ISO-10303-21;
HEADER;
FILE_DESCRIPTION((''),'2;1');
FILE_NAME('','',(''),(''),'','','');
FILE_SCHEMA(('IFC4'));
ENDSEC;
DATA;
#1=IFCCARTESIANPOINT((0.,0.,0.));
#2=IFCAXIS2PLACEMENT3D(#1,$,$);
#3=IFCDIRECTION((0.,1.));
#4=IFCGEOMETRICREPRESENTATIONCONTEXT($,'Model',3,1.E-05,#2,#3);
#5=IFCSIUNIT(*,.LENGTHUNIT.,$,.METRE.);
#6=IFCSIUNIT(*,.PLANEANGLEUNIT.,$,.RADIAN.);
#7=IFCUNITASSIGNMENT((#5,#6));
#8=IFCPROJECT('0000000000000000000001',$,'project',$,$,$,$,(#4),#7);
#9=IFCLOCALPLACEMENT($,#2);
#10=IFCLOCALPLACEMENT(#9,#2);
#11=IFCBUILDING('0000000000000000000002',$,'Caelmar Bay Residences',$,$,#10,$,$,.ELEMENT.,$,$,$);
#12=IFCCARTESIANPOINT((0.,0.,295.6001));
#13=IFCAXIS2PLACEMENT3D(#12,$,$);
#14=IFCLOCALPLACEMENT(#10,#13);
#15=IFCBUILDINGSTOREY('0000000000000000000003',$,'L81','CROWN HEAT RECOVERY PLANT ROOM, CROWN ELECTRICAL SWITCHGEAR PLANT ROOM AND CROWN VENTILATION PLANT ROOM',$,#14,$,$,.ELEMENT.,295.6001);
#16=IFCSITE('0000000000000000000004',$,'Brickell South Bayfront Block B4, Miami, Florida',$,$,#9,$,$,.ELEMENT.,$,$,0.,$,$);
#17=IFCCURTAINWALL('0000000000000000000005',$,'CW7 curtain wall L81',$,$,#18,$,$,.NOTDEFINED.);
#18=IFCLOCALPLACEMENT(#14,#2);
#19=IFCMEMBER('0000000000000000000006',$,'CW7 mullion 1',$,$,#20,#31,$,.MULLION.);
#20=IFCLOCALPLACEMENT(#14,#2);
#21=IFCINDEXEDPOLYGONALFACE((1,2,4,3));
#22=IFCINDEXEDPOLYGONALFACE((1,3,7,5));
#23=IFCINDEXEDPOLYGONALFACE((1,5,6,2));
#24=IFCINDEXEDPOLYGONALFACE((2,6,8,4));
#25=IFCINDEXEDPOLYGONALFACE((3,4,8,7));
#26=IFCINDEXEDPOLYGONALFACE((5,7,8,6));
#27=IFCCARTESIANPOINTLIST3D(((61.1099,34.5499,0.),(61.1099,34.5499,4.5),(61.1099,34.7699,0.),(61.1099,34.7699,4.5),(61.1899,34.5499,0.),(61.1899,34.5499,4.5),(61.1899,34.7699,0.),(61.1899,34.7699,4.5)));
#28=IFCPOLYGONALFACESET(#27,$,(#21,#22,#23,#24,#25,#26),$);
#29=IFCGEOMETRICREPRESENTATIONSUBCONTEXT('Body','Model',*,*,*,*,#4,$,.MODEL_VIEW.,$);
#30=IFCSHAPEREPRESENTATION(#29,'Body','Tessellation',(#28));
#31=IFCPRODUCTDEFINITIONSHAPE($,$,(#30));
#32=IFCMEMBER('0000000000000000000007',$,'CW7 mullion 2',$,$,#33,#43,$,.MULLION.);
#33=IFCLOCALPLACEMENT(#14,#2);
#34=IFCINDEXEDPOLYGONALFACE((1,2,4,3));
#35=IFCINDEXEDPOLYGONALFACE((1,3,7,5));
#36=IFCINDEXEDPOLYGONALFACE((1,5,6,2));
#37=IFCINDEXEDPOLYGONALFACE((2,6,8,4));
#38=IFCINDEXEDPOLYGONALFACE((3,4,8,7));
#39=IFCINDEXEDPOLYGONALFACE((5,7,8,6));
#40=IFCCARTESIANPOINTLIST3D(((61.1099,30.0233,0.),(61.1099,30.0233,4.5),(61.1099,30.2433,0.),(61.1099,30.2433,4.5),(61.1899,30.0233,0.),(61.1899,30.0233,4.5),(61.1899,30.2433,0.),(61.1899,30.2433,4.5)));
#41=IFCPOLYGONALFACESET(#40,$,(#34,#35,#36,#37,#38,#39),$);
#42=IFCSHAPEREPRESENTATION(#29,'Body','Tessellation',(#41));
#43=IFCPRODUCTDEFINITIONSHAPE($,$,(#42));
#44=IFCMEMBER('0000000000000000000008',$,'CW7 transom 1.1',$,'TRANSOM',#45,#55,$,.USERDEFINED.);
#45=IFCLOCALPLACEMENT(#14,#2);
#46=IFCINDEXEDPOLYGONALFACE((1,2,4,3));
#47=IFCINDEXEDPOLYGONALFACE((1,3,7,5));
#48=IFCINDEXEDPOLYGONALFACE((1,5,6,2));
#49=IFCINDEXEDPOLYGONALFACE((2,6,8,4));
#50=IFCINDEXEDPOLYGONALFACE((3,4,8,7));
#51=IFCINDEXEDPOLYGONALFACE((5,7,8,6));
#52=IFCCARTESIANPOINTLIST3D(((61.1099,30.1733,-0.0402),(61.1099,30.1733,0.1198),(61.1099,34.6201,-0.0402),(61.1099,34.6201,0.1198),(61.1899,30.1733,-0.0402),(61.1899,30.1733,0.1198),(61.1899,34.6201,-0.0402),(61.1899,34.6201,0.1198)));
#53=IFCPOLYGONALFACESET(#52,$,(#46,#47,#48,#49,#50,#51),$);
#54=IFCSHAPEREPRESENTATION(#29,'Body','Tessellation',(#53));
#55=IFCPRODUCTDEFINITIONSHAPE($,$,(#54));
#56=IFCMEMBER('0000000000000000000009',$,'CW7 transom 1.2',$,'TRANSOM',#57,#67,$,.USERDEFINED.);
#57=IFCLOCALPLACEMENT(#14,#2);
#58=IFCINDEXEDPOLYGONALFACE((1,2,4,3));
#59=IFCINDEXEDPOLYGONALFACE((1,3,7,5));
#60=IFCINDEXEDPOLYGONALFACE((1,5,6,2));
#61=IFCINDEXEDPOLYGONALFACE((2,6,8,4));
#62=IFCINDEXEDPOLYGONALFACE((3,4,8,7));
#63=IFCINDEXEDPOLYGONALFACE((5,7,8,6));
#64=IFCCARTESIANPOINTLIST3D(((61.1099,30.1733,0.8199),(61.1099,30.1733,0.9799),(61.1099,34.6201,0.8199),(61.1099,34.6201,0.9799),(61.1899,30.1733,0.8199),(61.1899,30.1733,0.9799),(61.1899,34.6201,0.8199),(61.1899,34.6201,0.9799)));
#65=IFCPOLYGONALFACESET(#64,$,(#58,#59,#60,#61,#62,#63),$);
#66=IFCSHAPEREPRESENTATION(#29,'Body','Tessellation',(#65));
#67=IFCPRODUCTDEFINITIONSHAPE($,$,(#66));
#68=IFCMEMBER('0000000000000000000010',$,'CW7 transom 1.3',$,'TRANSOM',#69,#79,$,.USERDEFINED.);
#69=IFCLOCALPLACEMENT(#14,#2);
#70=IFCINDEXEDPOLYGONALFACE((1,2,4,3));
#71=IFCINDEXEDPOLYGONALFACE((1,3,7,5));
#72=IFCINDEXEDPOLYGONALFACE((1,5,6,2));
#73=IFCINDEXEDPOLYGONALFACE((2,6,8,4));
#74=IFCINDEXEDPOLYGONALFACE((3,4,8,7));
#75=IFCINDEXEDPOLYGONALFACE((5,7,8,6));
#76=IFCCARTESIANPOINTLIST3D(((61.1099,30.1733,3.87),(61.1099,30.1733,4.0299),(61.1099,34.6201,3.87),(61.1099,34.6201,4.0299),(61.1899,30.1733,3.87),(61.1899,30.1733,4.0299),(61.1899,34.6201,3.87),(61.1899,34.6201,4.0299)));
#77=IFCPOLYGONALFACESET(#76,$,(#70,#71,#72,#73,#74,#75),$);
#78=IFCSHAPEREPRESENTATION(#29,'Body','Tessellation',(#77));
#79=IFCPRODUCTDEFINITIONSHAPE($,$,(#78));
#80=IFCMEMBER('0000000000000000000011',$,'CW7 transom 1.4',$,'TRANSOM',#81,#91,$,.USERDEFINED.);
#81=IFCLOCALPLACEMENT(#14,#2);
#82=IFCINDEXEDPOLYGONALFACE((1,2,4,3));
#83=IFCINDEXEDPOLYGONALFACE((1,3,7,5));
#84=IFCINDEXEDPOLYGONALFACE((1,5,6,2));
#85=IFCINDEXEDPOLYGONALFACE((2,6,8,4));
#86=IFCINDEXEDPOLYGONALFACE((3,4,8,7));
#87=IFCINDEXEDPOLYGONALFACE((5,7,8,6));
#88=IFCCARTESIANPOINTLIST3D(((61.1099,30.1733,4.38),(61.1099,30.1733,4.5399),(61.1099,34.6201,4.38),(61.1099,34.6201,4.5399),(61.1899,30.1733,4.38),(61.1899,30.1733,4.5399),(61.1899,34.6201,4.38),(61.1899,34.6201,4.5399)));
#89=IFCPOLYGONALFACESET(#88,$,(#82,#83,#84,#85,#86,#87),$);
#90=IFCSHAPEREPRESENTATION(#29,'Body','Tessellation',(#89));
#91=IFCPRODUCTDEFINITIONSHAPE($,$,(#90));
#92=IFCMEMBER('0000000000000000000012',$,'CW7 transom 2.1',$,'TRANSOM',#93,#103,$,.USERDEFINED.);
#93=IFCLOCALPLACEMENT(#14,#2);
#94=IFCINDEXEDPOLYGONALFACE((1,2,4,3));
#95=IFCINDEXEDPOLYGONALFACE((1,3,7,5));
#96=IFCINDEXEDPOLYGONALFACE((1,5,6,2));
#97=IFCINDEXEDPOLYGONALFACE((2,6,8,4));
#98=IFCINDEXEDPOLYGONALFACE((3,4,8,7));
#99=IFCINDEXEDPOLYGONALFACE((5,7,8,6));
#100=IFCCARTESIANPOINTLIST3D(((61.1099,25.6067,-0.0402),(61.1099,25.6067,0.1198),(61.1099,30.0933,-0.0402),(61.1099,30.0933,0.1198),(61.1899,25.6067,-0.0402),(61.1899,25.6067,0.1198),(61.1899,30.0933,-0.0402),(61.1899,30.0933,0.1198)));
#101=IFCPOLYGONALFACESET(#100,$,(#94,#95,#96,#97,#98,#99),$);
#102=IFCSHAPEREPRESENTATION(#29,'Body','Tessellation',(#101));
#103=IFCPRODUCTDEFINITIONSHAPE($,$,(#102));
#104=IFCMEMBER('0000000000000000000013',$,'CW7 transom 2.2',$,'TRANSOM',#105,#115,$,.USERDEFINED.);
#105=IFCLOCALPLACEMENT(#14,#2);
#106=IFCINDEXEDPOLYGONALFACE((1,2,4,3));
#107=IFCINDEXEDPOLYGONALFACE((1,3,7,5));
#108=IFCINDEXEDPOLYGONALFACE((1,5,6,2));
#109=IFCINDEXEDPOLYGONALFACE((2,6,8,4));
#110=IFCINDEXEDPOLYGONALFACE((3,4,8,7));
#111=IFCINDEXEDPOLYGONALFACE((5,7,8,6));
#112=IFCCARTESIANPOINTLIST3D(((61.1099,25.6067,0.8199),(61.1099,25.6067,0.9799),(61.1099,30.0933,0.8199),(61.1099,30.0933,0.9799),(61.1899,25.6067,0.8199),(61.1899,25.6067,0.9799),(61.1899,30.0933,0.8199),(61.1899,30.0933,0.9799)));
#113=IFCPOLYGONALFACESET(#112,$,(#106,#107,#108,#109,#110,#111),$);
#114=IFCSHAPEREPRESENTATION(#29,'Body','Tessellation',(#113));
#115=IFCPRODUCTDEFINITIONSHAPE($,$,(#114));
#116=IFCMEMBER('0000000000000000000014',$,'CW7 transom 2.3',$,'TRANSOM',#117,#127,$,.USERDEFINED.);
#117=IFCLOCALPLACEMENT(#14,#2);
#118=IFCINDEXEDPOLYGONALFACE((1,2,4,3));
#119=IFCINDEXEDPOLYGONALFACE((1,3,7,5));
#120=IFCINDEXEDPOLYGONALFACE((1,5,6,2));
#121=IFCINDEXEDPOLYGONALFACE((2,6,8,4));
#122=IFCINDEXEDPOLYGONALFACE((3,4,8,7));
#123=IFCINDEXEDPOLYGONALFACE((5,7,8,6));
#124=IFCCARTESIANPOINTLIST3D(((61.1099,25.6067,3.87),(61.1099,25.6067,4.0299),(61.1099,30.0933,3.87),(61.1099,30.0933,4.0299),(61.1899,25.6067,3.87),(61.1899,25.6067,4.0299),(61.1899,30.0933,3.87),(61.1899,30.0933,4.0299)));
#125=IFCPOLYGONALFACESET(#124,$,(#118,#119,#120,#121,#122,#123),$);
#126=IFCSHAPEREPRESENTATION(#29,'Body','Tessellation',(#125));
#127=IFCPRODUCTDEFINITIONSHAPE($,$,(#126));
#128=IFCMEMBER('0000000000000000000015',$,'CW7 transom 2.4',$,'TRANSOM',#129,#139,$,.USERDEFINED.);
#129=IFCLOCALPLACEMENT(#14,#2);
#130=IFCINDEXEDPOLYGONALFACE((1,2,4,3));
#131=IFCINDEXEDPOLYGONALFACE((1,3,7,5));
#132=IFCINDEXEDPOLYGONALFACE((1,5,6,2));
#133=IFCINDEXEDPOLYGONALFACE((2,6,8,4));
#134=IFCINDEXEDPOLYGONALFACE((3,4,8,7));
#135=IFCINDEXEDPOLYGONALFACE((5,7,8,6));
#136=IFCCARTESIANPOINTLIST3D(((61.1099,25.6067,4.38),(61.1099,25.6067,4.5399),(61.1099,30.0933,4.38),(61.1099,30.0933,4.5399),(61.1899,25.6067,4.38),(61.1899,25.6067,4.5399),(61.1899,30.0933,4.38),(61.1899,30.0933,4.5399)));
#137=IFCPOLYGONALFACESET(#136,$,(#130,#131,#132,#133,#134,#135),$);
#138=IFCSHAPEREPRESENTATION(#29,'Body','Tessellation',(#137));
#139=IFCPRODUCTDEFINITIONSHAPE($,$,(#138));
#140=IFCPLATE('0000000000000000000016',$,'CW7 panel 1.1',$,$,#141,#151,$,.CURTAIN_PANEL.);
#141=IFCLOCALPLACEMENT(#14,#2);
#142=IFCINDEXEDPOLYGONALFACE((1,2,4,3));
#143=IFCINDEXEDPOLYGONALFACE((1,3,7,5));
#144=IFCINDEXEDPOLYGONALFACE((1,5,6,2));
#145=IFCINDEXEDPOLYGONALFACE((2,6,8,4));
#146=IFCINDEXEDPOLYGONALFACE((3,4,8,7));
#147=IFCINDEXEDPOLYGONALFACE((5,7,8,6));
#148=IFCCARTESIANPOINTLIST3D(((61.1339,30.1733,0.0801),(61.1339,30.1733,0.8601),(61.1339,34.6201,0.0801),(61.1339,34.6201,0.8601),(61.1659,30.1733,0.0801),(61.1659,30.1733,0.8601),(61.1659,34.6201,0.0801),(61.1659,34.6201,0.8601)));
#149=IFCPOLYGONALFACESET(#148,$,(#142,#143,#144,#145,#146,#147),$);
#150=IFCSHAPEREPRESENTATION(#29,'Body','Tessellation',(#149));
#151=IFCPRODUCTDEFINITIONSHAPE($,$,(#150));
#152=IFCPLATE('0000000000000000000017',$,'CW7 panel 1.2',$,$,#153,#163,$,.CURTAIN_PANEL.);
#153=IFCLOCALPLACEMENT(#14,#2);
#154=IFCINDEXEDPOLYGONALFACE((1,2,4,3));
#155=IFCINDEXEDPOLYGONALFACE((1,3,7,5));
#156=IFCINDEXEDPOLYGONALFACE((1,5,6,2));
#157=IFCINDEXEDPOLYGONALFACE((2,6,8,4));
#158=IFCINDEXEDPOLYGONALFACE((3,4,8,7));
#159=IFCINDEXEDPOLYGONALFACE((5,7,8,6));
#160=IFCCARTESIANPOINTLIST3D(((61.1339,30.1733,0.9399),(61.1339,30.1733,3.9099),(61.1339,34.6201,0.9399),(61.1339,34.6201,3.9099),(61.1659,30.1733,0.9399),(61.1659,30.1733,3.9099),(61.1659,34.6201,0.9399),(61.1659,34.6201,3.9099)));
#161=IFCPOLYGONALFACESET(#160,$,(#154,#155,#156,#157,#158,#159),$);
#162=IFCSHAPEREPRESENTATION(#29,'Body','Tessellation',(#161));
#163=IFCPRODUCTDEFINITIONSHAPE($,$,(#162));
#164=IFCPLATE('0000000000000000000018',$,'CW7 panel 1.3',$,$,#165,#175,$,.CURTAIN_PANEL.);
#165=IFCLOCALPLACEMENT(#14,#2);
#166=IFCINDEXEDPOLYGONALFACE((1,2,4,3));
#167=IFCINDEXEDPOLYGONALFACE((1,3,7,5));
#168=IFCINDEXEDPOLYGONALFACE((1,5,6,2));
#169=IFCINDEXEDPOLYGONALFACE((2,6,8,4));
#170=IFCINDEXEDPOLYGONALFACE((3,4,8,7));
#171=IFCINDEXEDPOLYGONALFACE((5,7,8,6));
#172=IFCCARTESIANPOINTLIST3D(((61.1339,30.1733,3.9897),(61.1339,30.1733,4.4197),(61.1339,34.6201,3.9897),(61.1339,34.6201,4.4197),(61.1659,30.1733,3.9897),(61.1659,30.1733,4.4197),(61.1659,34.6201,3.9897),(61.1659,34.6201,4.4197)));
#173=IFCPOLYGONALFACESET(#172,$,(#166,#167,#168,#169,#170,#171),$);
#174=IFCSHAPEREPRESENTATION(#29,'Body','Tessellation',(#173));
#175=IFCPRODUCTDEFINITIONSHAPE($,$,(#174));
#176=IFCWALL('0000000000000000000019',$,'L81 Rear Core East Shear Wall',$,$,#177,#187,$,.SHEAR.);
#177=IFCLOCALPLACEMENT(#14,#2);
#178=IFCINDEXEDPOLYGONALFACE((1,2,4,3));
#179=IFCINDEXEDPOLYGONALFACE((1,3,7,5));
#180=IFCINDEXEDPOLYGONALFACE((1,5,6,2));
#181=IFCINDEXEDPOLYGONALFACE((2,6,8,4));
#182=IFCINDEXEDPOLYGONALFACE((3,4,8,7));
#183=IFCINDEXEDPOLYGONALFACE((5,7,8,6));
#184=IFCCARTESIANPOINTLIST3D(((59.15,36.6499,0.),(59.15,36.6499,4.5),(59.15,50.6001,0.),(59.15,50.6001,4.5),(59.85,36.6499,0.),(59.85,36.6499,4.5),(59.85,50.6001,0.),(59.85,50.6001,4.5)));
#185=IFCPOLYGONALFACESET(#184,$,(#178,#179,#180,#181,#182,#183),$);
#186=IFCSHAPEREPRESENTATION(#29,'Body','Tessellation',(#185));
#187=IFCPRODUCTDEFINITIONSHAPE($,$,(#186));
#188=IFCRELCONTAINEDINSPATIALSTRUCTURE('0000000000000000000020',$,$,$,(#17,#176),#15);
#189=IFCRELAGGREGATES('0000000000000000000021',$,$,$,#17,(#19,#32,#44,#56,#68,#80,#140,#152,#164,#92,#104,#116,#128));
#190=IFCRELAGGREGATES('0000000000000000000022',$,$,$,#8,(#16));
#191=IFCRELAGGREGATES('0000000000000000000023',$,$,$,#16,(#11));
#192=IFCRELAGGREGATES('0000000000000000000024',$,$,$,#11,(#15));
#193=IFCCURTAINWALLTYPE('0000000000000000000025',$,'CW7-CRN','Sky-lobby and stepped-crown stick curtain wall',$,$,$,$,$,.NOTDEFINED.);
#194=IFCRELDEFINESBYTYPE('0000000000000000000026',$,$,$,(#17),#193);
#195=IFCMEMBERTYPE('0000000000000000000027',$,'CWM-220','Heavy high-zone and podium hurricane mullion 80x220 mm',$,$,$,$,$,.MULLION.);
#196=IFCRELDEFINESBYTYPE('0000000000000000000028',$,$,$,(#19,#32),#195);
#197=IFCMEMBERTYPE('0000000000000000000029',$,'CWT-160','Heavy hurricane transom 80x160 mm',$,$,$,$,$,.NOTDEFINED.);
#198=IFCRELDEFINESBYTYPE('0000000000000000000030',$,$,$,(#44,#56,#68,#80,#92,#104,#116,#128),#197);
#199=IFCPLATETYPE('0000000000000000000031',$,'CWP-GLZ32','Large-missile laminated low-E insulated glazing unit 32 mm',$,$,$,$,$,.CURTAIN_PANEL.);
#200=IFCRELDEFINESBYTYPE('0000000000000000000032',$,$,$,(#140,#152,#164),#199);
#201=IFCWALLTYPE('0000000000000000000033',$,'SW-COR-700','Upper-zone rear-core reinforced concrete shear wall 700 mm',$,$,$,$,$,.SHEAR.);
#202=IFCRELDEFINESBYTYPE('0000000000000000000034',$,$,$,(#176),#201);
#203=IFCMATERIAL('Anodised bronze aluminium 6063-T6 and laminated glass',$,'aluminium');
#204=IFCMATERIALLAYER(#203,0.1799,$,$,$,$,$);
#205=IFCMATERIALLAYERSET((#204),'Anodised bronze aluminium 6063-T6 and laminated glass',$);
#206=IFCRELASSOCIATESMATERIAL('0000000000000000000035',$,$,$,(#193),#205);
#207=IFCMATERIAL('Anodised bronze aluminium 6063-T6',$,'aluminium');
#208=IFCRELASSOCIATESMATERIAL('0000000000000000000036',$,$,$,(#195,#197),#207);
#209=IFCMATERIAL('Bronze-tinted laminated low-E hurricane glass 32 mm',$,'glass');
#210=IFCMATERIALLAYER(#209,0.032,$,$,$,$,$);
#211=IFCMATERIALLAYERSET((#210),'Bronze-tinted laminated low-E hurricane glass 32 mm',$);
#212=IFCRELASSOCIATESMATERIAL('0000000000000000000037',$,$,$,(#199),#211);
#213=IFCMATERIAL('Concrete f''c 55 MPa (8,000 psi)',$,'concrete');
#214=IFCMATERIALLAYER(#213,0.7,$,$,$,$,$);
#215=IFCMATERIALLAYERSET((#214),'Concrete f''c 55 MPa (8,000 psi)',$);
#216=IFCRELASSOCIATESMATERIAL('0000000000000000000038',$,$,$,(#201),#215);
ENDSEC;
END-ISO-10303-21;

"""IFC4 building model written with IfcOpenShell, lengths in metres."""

from ifc_helpers import new_model, si_unit, direction, frame, frame_2d, origin, origin_2d, place, context, subcontext, project, spatial, rectangle, extrude, material, layer, layer_set, material_profile, profile_set, type_object, element, aggregate, save


model = new_model("IFC4")

# Units and contexts
model_context = context("Model", 3, precision=1e-05, world=origin(), true_north=direction((0.0, 1.0)))
body_context = subcontext(model_context, "Body", "Model", "MODEL_VIEW")
ifc_project = project(units=[si_unit("LENGTHUNIT", "METRE"), si_unit("PLANEANGLEUNIT", "RADIAN")], contexts=[model_context])

# Site, building, storey
site_placement = place(None, origin())
site = spatial("IfcSite", under=ifc_project, at=site_placement, Name="Brickell South Bayfront Block B4, Miami, Florida", CompositionType="ELEMENT", RefElevation=0.0)
building_placement = place(site_placement, origin())
building = spatial("IfcBuilding", under=site, at=building_placement, Name="Caelmar Bay Residences", CompositionType="ELEMENT")
storey_placement = place(building_placement, frame((0.0, 0.0, 295.6001)))
storey = spatial("IfcBuildingStorey", under=building, at=storey_placement, Name="L81", Description="CROWN HEAT RECOVERY PLANT ROOM, CROWN ELECTRICAL SWITCHGEAR PLANT ROOM AND CROWN VENTILATION PLANT ROOM", CompositionType="ELEMENT", Elevation=295.6001)

# Curtain wall, members, plates
ifc_material_1 = material(Name="Anodised bronze aluminium 6063-T6 and laminated glass", Category="aluminium")
ifc_layer_1 = layer(ifc_material_1, 0.1799)
ifc_layer_set_1 = layer_set([ifc_layer_1], Name="Anodised bronze aluminium 6063-T6 and laminated glass")
curtain_wall_type = type_object("IfcCurtainWallType", Name="CW7-CRN", Description="Sky-lobby and stepped-crown stick curtain wall", PredefinedType="NOTDEFINED", material=ifc_layer_set_1)
curtain_wall_placement = place(storey_placement, origin())
curtain_wall = element("IfcCurtainWall", 1, at=curtain_wall_placement, inside=storey, type_object=curtain_wall_type, Name="CW7 curtain wall L81", PredefinedType="NOTDEFINED")
ifc_material_2 = material(Name="Anodised bronze aluminium 6063-T6", Category="aluminium")
ifc_material_profile_1 = material_profile(ifc_material_2, rectangle(XDim=0.0801, YDim=0.22, at=origin_2d()), Name="CWM-80X220")
ifc_profile_set_1 = profile_set([ifc_material_profile_1], Name="Anodised bronze aluminium 6063-T6")
member_type_1 = type_object("IfcMemberType", Name="CWM-220", Description="Heavy high-zone and podium hurricane mullion 80x220 mm", PredefinedType="MULLION", material=ifc_profile_set_1)
member_1_placement = place(storey_placement, frame((61.1499, 34.6599, 0.0), z_axis=(0.0, 0.0, 1.0), x_axis=(1.0, 0.0, 0.0)))
member_1 = element("IfcMember", 2, at=member_1_placement, type_object=member_type_1, Name="CW7 mullion 1", PredefinedType="MULLION", context=body_context, shape_type="SweptSolid", body=[
    extrude(rectangle(XDim=0.0801, YDim=0.22, at=origin_2d()), origin(), (0.0, 0.0, 1.0), 4.5),
])
member_2_placement = place(storey_placement, frame((61.1499, 30.1333, 0.0), z_axis=(0.0, 0.0, 1.0), x_axis=(1.0, 0.0, 0.0)))
member_2 = element("IfcMember", 3, at=member_2_placement, type_object=member_type_1, Name="CW7 mullion 2", PredefinedType="MULLION", context=body_context, shape_type="SweptSolid", body=[
    extrude(rectangle(XDim=0.0801, YDim=0.22, at=origin_2d()), origin(), (0.0, 0.0, 1.0), 4.5),
])
ifc_material_profile_2 = material_profile(ifc_material_2, rectangle(XDim=0.0801, YDim=0.1599, at=origin_2d()), Name="CWT-80X160")
ifc_profile_set_2 = profile_set([ifc_material_profile_2], Name="Anodised bronze aluminium 6063-T6")
member_type_2 = type_object("IfcMemberType", Name="CWT-160", Description="Heavy hurricane transom 80x160 mm", PredefinedType="NOTDEFINED", material=ifc_profile_set_2)
member_3_placement = place(storey_placement, frame((61.1499, 34.6201, 0.0398), z_axis=(0.0, -1.0, 0.0), x_axis=(1.0, 0.0, 0.0)))
member_3 = element("IfcMember", 4, at=member_3_placement, type_object=member_type_2, Name="CW7 transom 1.1", ObjectType="TRANSOM", PredefinedType="USERDEFINED", context=body_context, shape_type="SweptSolid", body=[
    extrude(rectangle(XDim=0.0801, YDim=0.1599, at=origin_2d()), origin(), (0.0, 0.0, 1.0), 4.4468),
])
member_4_placement = place(storey_placement, frame((61.1499, 34.6201, 0.8999), z_axis=(0.0, -1.0, 0.0), x_axis=(1.0, 0.0, 0.0)))
member_4 = element("IfcMember", 5, at=member_4_placement, type_object=member_type_2, Name="CW7 transom 1.2", ObjectType="TRANSOM", PredefinedType="USERDEFINED", context=body_context, shape_type="SweptSolid", body=[
    extrude(rectangle(XDim=0.0801, YDim=0.1599, at=origin_2d()), origin(), (0.0, 0.0, 1.0), 4.4468),
])
member_5_placement = place(storey_placement, frame((61.1499, 34.6201, 3.95), z_axis=(0.0, -1.0, 0.0), x_axis=(1.0, 0.0, 0.0)))
member_5 = element("IfcMember", 6, at=member_5_placement, type_object=member_type_2, Name="CW7 transom 1.3", ObjectType="TRANSOM", PredefinedType="USERDEFINED", context=body_context, shape_type="SweptSolid", body=[
    extrude(rectangle(XDim=0.0801, YDim=0.1599, at=origin_2d()), origin(), (0.0, 0.0, 1.0), 4.4468),
])
member_6_placement = place(storey_placement, frame((61.1499, 34.6201, 4.46), z_axis=(0.0, -1.0, 0.0), x_axis=(1.0, 0.0, 0.0)))
member_6 = element("IfcMember", 7, at=member_6_placement, type_object=member_type_2, Name="CW7 transom 1.4", ObjectType="TRANSOM", PredefinedType="USERDEFINED", context=body_context, shape_type="SweptSolid", body=[
    extrude(rectangle(XDim=0.0801, YDim=0.1599, at=origin_2d()), origin(), (0.0, 0.0, 1.0), 4.4468),
])
member_7_placement = place(storey_placement, frame((61.1499, 30.0933, 0.0398), z_axis=(0.0, -1.0, 0.0), x_axis=(1.0, 0.0, 0.0)))
member_7 = element("IfcMember", 8, at=member_7_placement, type_object=member_type_2, Name="CW7 transom 2.1", ObjectType="TRANSOM", PredefinedType="USERDEFINED", context=body_context, shape_type="SweptSolid", body=[
    extrude(rectangle(XDim=0.0801, YDim=0.1599, at=origin_2d()), origin(), (0.0, 0.0, 1.0), 4.4866),
])
member_8_placement = place(storey_placement, frame((61.1499, 30.0933, 0.8999), z_axis=(0.0, -1.0, 0.0), x_axis=(1.0, 0.0, 0.0)))
member_8 = element("IfcMember", 9, at=member_8_placement, type_object=member_type_2, Name="CW7 transom 2.2", ObjectType="TRANSOM", PredefinedType="USERDEFINED", context=body_context, shape_type="SweptSolid", body=[
    extrude(rectangle(XDim=0.0801, YDim=0.1599, at=origin_2d()), origin(), (0.0, 0.0, 1.0), 4.4866),
])
member_9_placement = place(storey_placement, frame((61.1499, 30.0933, 3.95), z_axis=(0.0, -1.0, 0.0), x_axis=(1.0, 0.0, 0.0)))
member_9 = element("IfcMember", 10, at=member_9_placement, type_object=member_type_2, Name="CW7 transom 2.3", ObjectType="TRANSOM", PredefinedType="USERDEFINED", context=body_context, shape_type="SweptSolid", body=[
    extrude(rectangle(XDim=0.0801, YDim=0.1599, at=origin_2d()), origin(), (0.0, 0.0, 1.0), 4.4866),
])
member_10_placement = place(storey_placement, frame((61.1499, 30.0933, 4.46), z_axis=(0.0, -1.0, 0.0), x_axis=(1.0, 0.0, 0.0)))
member_10 = element("IfcMember", 11, at=member_10_placement, type_object=member_type_2, Name="CW7 transom 2.4", ObjectType="TRANSOM", PredefinedType="USERDEFINED", context=body_context, shape_type="SweptSolid", body=[
    extrude(rectangle(XDim=0.0801, YDim=0.1599, at=origin_2d()), origin(), (0.0, 0.0, 1.0), 4.4866),
])
ifc_material_3 = material(Name="Bronze-tinted laminated low-E hurricane glass 32 mm", Category="glass")
ifc_layer_2 = layer(ifc_material_3, 0.032)
ifc_layer_set_2 = layer_set([ifc_layer_2], Name="Bronze-tinted laminated low-E hurricane glass 32 mm")
plate_type = type_object("IfcPlateType", Name="CWP-GLZ32", Description="Large-missile laminated low-E insulated glazing unit 32 mm", PredefinedType="CURTAIN_PANEL", material=ifc_layer_set_2)
plate_1_placement = place(storey_placement, frame((61.1499, 32.3967, 0.0801), z_axis=(0.0, 0.0, 1.0), x_axis=(0.0, -1.0, 0.0)))
plate_1 = element("IfcPlate", 12, at=plate_1_placement, type_object=plate_type, Name="CW7 panel 1.1", PredefinedType="CURTAIN_PANEL", context=body_context, shape_type="SweptSolid", body=[
    extrude(rectangle(XDim=4.4468, YDim=0.032, at=origin_2d()), origin(), (0.0, 0.0, 1.0), 0.78),
])
plate_2_placement = place(storey_placement, frame((61.1499, 32.3967, 0.9399), z_axis=(0.0, 0.0, 1.0), x_axis=(0.0, -1.0, 0.0)))
plate_2 = element("IfcPlate", 13, at=plate_2_placement, type_object=plate_type, Name="CW7 panel 1.2", PredefinedType="CURTAIN_PANEL", context=body_context, shape_type="SweptSolid", body=[
    extrude(rectangle(XDim=4.4468, YDim=0.032, at=origin_2d()), origin(), (0.0, 0.0, 1.0), 2.97),
])
plate_3_placement = place(storey_placement, frame((61.1499, 32.3967, 3.9897), z_axis=(0.0, 0.0, 1.0), x_axis=(0.0, -1.0, 0.0)))
plate_3 = element("IfcPlate", 14, at=plate_3_placement, type_object=plate_type, Name="CW7 panel 1.3", PredefinedType="CURTAIN_PANEL", context=body_context, shape_type="SweptSolid", body=[
    extrude(rectangle(XDim=4.4468, YDim=0.032, at=origin_2d()), origin(), (0.0, 0.0, 1.0), 0.4299),
])
aggregate(curtain_wall, [member_1, member_2, member_3, member_4, member_5, member_6, plate_1, plate_2, plate_3, member_7, member_8, member_9, member_10])

# Wall
ifc_material_4 = material(Name="Concrete f'c 55 MPa (8,000 psi)", Category="concrete")
ifc_layer_3 = layer(ifc_material_4, 0.7)
ifc_layer_set_3 = layer_set([ifc_layer_3], Name="Concrete f'c 55 MPa (8,000 psi)")
wall_type_1 = type_object("IfcWallType", Name="SW-COR-700", Description="Upper-zone rear-core reinforced concrete shear wall 700 mm", PredefinedType="SHEAR", material=ifc_layer_set_3)
wall_1_placement = place(storey_placement, frame((59.5, 36.6499, 0.0), z_axis=(0.0, 0.0, 1.0), x_axis=(0.0, 1.0, 0.0)))
element("IfcWall", 15, at=wall_1_placement, inside=storey, type_object=wall_type_1, Name="L81 Rear Core East Shear Wall", PredefinedType="SHEAR", context=body_context, shape_type="SweptSolid", body=[
    extrude(rectangle(XDim=13.9502, YDim=0.7, at=frame_2d((6.9751, 0.0))), origin(), (0.0, 0.0, 1.0), 4.5),
])

save(model, "model.ifc")
